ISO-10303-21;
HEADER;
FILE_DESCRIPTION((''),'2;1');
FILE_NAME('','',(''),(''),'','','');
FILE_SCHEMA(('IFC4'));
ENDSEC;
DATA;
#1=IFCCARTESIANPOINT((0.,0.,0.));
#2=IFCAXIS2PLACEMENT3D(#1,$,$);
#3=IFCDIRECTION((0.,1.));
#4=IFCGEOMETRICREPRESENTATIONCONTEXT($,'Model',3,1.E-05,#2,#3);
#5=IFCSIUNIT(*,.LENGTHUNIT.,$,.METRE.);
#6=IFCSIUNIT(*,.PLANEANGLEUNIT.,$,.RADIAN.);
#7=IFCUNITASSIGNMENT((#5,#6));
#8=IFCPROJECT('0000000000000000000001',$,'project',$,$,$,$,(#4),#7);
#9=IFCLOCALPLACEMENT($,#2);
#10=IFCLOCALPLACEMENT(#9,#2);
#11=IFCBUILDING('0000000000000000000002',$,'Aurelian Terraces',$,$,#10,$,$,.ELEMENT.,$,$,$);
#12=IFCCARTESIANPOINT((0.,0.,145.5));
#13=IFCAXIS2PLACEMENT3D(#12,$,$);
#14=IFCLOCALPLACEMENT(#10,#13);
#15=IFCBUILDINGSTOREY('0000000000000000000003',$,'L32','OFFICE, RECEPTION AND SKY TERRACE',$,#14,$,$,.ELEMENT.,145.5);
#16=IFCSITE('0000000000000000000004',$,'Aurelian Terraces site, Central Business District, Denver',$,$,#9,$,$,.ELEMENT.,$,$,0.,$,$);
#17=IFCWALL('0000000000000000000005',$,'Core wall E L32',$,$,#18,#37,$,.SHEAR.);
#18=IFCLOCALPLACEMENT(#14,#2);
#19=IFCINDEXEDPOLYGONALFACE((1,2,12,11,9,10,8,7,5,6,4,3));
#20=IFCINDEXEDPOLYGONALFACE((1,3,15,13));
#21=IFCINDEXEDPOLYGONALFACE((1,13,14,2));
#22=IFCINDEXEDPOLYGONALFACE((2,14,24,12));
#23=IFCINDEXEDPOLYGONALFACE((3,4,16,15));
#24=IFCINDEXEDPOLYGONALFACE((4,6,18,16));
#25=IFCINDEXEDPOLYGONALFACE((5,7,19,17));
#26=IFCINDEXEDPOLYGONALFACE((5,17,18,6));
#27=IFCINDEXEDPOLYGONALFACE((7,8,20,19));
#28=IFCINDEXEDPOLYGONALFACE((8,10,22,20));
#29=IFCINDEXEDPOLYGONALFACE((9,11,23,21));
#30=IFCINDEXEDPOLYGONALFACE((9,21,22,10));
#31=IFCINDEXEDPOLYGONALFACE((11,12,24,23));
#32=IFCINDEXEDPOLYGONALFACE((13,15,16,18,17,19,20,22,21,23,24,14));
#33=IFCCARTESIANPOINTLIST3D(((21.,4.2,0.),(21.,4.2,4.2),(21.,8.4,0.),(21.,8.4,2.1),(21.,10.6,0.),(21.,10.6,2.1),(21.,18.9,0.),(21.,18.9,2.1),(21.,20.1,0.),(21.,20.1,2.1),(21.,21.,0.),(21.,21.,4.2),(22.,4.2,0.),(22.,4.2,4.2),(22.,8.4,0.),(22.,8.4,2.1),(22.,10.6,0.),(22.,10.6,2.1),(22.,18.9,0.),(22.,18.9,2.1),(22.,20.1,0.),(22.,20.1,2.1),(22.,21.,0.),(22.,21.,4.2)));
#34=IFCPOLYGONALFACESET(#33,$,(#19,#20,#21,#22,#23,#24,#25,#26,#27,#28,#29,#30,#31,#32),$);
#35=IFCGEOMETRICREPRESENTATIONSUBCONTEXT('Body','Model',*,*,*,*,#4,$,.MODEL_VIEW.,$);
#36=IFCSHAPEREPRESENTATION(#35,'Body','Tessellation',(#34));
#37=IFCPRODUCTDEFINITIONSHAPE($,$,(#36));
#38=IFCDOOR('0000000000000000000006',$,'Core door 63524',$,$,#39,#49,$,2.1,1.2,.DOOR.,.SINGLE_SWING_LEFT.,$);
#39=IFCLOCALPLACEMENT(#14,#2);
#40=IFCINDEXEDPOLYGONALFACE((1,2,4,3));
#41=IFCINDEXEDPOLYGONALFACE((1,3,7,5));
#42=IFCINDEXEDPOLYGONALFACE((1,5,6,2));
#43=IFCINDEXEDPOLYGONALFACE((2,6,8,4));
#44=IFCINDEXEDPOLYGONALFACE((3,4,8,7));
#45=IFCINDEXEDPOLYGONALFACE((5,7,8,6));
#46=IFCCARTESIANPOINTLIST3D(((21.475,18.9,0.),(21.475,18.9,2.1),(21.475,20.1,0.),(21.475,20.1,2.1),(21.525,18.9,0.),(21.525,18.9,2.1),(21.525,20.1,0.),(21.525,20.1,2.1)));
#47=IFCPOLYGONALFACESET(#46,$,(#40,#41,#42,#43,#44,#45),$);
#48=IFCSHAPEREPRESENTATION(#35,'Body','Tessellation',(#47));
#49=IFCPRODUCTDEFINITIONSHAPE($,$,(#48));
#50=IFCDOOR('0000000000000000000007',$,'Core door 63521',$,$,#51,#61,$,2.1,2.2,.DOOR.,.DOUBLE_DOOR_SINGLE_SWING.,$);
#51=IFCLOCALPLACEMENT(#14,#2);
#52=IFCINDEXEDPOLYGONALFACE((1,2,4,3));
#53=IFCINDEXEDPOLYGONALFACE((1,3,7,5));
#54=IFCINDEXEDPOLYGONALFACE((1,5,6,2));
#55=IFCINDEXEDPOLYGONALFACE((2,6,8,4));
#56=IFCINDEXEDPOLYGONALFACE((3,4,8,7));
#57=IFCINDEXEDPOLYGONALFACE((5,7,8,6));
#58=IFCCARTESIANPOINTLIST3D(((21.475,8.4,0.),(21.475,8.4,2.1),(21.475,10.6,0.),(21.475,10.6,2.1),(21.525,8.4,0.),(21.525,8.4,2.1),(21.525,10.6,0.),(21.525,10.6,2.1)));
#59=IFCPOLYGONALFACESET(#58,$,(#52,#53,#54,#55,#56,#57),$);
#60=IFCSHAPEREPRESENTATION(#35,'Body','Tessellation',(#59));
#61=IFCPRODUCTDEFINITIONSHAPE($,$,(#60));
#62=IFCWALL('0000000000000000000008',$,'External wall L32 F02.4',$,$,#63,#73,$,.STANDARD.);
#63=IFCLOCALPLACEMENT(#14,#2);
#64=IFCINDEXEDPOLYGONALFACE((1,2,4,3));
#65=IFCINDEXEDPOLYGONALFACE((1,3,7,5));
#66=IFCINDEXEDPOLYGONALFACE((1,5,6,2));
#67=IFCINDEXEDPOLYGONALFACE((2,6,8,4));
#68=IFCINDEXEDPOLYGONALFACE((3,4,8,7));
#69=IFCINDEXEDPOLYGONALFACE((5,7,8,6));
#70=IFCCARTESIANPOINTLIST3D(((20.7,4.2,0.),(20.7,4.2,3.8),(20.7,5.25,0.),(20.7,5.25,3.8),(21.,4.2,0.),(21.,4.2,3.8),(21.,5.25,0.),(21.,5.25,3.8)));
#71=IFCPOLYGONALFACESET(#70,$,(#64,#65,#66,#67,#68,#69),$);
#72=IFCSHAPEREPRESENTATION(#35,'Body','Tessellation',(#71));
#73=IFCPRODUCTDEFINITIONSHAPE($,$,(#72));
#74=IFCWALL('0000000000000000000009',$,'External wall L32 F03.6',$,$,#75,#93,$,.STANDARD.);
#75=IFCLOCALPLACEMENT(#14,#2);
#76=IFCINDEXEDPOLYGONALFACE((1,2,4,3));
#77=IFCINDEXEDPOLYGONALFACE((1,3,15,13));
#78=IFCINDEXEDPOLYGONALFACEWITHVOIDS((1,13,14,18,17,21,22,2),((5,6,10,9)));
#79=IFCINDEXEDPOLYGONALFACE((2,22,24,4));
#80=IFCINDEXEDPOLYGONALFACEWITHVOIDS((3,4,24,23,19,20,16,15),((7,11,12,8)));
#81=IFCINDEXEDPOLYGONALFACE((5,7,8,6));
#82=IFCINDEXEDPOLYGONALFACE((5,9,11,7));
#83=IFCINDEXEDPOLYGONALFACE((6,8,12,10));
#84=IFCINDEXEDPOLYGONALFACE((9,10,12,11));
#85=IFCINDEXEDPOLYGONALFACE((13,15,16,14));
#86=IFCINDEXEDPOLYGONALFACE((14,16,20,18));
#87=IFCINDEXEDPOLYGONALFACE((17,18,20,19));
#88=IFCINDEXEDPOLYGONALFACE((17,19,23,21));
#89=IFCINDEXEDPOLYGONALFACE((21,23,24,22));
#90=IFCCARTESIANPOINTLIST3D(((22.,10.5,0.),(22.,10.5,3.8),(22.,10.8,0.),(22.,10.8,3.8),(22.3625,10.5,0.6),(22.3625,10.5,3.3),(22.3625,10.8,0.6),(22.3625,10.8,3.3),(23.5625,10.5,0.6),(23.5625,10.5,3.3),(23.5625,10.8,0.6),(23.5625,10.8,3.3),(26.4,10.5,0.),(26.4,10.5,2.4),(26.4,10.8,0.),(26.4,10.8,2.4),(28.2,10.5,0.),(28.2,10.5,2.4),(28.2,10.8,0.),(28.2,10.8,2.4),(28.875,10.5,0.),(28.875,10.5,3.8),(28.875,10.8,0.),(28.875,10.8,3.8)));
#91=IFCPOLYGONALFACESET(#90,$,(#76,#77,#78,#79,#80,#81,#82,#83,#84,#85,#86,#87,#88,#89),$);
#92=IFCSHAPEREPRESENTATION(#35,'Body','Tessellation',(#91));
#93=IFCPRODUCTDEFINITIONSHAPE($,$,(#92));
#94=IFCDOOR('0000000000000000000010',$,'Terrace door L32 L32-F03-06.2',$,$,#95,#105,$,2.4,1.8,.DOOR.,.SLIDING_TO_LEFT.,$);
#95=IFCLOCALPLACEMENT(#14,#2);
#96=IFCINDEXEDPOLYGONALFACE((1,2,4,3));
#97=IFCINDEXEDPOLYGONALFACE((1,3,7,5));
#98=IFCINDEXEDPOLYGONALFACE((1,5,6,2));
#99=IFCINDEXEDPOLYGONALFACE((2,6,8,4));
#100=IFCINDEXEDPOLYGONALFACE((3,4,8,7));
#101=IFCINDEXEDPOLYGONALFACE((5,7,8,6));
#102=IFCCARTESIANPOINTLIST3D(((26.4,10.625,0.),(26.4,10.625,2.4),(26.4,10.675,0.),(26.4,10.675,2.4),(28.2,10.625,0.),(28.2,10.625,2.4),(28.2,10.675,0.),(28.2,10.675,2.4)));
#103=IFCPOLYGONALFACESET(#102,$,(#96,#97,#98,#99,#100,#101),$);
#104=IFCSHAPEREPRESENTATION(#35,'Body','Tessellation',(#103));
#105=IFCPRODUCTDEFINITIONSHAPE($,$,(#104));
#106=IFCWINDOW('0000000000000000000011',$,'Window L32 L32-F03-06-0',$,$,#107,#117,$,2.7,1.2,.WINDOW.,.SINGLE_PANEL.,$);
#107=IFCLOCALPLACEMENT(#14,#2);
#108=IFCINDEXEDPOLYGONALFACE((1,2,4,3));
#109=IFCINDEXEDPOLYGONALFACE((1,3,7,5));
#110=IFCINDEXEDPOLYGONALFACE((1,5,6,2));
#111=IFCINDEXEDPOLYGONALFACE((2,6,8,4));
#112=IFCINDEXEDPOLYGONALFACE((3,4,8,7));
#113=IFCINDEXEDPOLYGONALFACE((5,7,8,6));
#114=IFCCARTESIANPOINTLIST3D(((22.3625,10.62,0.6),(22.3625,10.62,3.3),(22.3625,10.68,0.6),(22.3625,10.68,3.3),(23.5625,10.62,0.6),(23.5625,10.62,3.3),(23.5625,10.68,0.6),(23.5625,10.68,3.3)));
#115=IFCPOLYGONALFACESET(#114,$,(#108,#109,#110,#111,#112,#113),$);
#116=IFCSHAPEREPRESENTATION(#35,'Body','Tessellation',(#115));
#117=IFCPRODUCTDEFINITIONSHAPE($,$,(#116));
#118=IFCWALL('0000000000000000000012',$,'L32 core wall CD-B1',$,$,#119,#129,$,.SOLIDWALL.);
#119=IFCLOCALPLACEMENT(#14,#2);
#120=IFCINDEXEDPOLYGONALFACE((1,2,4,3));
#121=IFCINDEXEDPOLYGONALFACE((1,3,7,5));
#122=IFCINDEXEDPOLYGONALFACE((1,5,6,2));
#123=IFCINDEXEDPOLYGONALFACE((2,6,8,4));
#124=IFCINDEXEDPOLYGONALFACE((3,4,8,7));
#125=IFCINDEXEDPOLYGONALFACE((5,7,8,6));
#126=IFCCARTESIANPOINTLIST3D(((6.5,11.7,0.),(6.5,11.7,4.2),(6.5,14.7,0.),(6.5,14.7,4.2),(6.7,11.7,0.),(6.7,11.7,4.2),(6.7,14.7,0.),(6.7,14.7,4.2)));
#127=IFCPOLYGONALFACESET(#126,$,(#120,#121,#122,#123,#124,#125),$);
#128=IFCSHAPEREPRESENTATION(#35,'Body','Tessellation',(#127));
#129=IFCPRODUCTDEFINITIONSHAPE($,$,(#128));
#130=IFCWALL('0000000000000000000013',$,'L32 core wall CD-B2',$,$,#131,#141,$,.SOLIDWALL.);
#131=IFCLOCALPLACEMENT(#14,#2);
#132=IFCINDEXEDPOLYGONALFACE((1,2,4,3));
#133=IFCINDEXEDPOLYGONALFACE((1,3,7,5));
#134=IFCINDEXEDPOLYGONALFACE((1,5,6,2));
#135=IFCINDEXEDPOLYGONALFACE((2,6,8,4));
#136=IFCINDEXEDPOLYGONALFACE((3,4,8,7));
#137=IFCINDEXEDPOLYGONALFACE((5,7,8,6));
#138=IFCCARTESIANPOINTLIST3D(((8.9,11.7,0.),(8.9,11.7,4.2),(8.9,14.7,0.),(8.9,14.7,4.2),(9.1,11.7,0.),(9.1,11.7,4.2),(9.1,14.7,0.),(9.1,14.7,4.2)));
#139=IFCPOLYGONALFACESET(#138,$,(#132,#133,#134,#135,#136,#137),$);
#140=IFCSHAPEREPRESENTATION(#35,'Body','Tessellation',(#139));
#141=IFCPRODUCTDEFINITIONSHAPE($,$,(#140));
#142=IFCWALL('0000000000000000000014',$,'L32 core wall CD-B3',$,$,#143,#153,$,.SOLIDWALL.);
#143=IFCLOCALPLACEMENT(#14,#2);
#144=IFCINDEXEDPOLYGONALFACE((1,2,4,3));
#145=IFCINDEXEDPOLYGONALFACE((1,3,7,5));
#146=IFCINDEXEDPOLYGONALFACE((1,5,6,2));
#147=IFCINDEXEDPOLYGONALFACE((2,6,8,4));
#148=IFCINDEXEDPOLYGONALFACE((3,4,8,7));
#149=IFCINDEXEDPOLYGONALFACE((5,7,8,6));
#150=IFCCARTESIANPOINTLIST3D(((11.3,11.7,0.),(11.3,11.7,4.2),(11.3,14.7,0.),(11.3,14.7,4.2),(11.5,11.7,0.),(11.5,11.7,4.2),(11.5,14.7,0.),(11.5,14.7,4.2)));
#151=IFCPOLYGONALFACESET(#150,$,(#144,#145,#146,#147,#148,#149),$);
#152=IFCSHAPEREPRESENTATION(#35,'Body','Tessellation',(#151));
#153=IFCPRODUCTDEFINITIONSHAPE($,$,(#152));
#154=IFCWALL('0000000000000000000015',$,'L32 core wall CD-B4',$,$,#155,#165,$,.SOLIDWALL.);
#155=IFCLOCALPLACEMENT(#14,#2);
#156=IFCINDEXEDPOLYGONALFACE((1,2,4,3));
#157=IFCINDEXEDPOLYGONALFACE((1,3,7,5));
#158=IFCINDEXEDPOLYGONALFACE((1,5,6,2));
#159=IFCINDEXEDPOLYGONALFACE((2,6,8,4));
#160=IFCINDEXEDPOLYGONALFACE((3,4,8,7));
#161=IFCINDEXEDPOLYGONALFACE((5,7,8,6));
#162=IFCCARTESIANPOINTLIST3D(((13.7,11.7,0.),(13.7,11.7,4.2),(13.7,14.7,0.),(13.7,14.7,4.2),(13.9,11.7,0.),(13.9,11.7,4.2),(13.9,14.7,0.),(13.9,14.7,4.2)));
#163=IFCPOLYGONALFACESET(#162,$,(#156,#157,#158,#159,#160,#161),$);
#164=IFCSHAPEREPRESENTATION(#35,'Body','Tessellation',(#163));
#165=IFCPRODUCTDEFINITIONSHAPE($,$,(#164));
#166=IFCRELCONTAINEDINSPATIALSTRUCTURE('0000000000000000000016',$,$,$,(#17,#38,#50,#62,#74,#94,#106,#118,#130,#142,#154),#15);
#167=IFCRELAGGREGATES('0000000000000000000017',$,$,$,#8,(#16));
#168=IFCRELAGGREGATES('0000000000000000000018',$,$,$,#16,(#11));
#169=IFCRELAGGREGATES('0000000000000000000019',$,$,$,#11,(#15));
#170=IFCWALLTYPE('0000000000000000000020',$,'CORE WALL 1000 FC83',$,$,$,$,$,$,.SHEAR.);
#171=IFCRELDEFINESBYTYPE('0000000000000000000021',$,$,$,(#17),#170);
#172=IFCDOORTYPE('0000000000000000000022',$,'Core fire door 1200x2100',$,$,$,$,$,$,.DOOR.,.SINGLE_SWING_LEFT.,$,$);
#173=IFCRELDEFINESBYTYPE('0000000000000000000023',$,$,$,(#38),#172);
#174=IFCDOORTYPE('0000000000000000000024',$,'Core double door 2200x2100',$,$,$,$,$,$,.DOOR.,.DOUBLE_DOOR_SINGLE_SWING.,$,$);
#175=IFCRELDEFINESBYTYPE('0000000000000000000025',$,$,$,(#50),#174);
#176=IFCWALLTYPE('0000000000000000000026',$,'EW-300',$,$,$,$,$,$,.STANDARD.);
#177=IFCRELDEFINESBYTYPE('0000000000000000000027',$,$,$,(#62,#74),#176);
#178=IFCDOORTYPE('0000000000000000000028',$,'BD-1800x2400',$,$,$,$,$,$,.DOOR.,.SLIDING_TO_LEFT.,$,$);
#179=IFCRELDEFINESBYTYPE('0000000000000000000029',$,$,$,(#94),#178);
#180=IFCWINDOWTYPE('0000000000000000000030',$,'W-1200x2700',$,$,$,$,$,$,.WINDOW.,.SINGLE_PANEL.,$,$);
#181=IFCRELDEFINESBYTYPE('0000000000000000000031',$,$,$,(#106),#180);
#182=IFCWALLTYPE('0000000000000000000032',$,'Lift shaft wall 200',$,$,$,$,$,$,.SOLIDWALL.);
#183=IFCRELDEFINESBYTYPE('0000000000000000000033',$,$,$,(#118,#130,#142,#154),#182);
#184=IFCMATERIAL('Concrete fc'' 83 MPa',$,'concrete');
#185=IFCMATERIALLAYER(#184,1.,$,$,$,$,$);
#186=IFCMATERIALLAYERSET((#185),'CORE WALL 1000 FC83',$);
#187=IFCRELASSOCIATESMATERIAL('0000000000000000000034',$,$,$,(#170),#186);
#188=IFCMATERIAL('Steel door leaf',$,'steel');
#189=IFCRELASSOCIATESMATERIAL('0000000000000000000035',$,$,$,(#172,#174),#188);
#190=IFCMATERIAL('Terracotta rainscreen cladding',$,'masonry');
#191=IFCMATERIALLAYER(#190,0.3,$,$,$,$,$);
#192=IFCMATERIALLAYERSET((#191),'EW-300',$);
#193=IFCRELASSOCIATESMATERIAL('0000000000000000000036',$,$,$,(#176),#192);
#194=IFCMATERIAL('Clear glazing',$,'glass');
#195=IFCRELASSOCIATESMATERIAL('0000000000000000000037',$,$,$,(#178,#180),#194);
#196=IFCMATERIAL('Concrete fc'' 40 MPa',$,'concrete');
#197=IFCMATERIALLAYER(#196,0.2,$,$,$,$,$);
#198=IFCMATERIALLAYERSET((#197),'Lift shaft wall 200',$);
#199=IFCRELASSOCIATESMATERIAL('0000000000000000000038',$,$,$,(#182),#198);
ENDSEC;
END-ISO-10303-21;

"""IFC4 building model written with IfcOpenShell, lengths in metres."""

from ifc_helpers import new_model, si_unit, direction, frame, frame_2d, origin, place, context, subcontext, project, spatial, rectangle, extrude, source, transform, mapped, material, layer, layer_set, type_object, element, fill, save


model = new_model("IFC4")

# Units and contexts
model_context = context("Model", 3, precision=1e-05, world=origin(), true_north=direction((0.0, 1.0)))
body_context = subcontext(model_context, "Body", "Model", "MODEL_VIEW")
ifc_project = project(units=[si_unit("LENGTHUNIT", "METRE"), si_unit("PLANEANGLEUNIT", "RADIAN")], contexts=[model_context])

# Site, building, storey
site_placement = place(None, origin())
site = spatial("IfcSite", under=ifc_project, at=site_placement, Name="Aurelian Terraces site, Central Business District, Denver", CompositionType="ELEMENT", RefElevation=0.0)
building_placement = place(site_placement, origin())
building = spatial("IfcBuilding", under=site, at=building_placement, Name="Aurelian Terraces", CompositionType="ELEMENT")
storey_placement = place(building_placement, frame((0.0, 0.0, 145.5)))
storey = spatial("IfcBuildingStorey", under=building, at=storey_placement, Name="L32", Description="OFFICE, RECEPTION AND SKY TERRACE", CompositionType="ELEMENT", Elevation=145.5)

# Wall, openings, doors
ifc_material_1 = material(Name="Concrete fc' 83 MPa", Category="concrete")
ifc_layer_1 = layer(ifc_material_1, 1.0)
ifc_layer_set_1 = layer_set([ifc_layer_1], Name="CORE WALL 1000 FC83")
wall_type_1 = type_object("IfcWallType", Name="CORE WALL 1000 FC83", PredefinedType="SHEAR", material=ifc_layer_set_1)
shared_shape_1 = source(origin(), body_context, "Body", "SweptSolid", [
    extrude(rectangle(XDim=16.8, YDim=1.0, at=frame_2d((8.4, 0.0))), origin(), (0.0, 0.0, 1.0), 4.2),
])
wall_1_placement = place(storey_placement, frame((21.5, 4.2, 0.0), z_axis=(0.0, 0.0, 1.0), x_axis=(0.0, 1.0, 0.0)))
wall_1 = element("IfcWall", 1, at=wall_1_placement, inside=storey, type_object=wall_type_1, Name="Core wall E L32", PredefinedType="SHEAR", context=body_context, shape_type="MappedRepresentation", body=[
    mapped(shared_shape_1, transform((0.0, 0.0, 0.0), scale=1.0)),
])
shared_shape_2 = source(origin(), body_context, "Body", "SweptSolid", [
    extrude(rectangle(XDim=2.2, YDim=2.1, at=frame_2d((1.1, 1.05))), frame((0.0, 0.51, 0.0), z_axis=(0.0, -1.0, 0.0), x_axis=(1.0, 0.0, 0.0)), (0.0, 0.0, 1.0), 1.02),
])
opening_1_placement = place(wall_1_placement, frame((4.2, 0.0, 0.0)))
opening_1 = element("IfcOpeningElement", 2, at=opening_1_placement, cuts=wall_1, PredefinedType="OPENING", context=body_context, shape_type="MappedRepresentation", body=[
    mapped(shared_shape_2, transform((0.0, 0.0, 0.0), scale=1.0)),
])
shared_shape_3 = source(origin(), body_context, "Body", "SweptSolid", [
    extrude(rectangle(XDim=1.2, YDim=2.1, at=frame_2d((0.6, 1.05))), frame((0.0, 0.51, 0.0), z_axis=(0.0, -1.0, 0.0), x_axis=(1.0, 0.0, 0.0)), (0.0, 0.0, 1.0), 1.02),
])
opening_2_placement = place(wall_1_placement, frame((14.7, 0.0, 0.0)))
opening_2 = element("IfcOpeningElement", 3, at=opening_2_placement, cuts=wall_1, PredefinedType="OPENING", context=body_context, shape_type="MappedRepresentation", body=[
    mapped(shared_shape_3, transform((0.0, 0.0, 0.0), scale=1.0)),
])
ifc_material_2 = material(Name="Steel door leaf", Category="steel")
door_type_1 = type_object("IfcDoorType", Name="Core fire door 1200x2100", OperationType="SINGLE_SWING_LEFT", PredefinedType="DOOR", material=ifc_material_2)
shared_shape_4 = source(origin(), body_context, "Body", "SweptSolid", [
    extrude(rectangle(XDim=1.2, YDim=2.1, at=frame_2d((0.6, 1.05))), frame((0.0, 0.025, 0.0), z_axis=(0.0, -1.0, 0.0), x_axis=(1.0, 0.0, 0.0)), (0.0, 0.0, 1.0), 0.05),
])
door_1_placement = place(opening_2_placement, origin())
door_1 = element("IfcDoor", 4, at=door_1_placement, inside=storey, type_object=door_type_1, Name="Core door 63524", OperationType="SINGLE_SWING_LEFT", OverallHeight=2.1, OverallWidth=1.2, PredefinedType="DOOR", context=body_context, shape_type="MappedRepresentation", body=[
    mapped(shared_shape_4, transform((0.0, 0.0, 0.0), scale=1.0)),
])
fill(opening_2, door_1)
door_type_2 = type_object("IfcDoorType", Name="Core double door 2200x2100", OperationType="DOUBLE_DOOR_SINGLE_SWING", PredefinedType="DOOR", material=ifc_material_2)
shared_shape_5 = source(origin(), body_context, "Body", "SweptSolid", [
    extrude(rectangle(XDim=2.2, YDim=2.1, at=frame_2d((1.1, 1.05))), frame((0.0, 0.025, 0.0), z_axis=(0.0, -1.0, 0.0), x_axis=(1.0, 0.0, 0.0)), (0.0, 0.0, 1.0), 0.05),
])
door_2_placement = place(opening_1_placement, origin())
door_2 = element("IfcDoor", 5, at=door_2_placement, inside=storey, type_object=door_type_2, Name="Core door 63521", OperationType="DOUBLE_DOOR_SINGLE_SWING", OverallHeight=2.1, OverallWidth=2.2, PredefinedType="DOOR", context=body_context, shape_type="MappedRepresentation", body=[
    mapped(shared_shape_5, transform((0.0, 0.0, 0.0), scale=1.0)),
])
fill(opening_1, door_2)

# Wall
ifc_material_3 = material(Name="Terracotta rainscreen cladding", Category="masonry")
ifc_layer_2 = layer(ifc_material_3, 0.3)
ifc_layer_set_2 = layer_set([ifc_layer_2], Name="EW-300")
wall_type_2 = type_object("IfcWallType", Name="EW-300", PredefinedType="STANDARD", material=ifc_layer_set_2)
shared_shape_6 = source(origin(), body_context, "Body", "SweptSolid", [
    extrude(rectangle(XDim=1.05, YDim=0.3, at=frame_2d((0.525, 0.0))), origin(), (0.0, 0.0, 1.0), 3.8),
])
wall_2_placement = place(storey_placement, frame((20.85, 4.2, 0.0), z_axis=(0.0, 0.0, 1.0), x_axis=(0.0, 1.0, 0.0)))
element("IfcWall", 6, at=wall_2_placement, inside=storey, type_object=wall_type_2, Name="External wall L32 F02.4", PredefinedType="STANDARD", context=body_context, shape_type="MappedRepresentation", body=[
    mapped(shared_shape_6, transform((0.0, 0.0, 0.0), scale=1.0)),
])

# Wall, openings, door, window
shared_shape_7 = source(origin(), body_context, "Body", "SweptSolid", [
    extrude(rectangle(XDim=6.875, YDim=0.3, at=frame_2d((3.4375, 0.0))), origin(), (0.0, 0.0, 1.0), 3.8),
])
wall_3_placement = place(storey_placement, frame((22.0, 10.65, 0.0), z_axis=(0.0, 0.0, 1.0), x_axis=(1.0, 0.0, 0.0)))
wall_3 = element("IfcWall", 7, at=wall_3_placement, inside=storey, type_object=wall_type_2, Name="External wall L32 F03.6", PredefinedType="STANDARD", context=body_context, shape_type="MappedRepresentation", body=[
    mapped(shared_shape_7, transform((0.0, 0.0, 0.0), scale=1.0)),
])
shared_shape_8 = source(origin(), body_context, "Body", "SweptSolid", [
    extrude(rectangle(XDim=1.2, YDim=2.7, at=frame_2d((0.6, 1.35))), frame((0.0, 0.16, 0.0), z_axis=(0.0, -1.0, 0.0), x_axis=(1.0, 0.0, 0.0)), (0.0, 0.0, 1.0), 0.32),
])
opening_3_placement = place(wall_3_placement, frame((0.3625, 0.0, 0.6)))
opening_3 = element("IfcOpeningElement", 8, at=opening_3_placement, cuts=wall_3, PredefinedType="OPENING", context=body_context, shape_type="MappedRepresentation", body=[
    mapped(shared_shape_8, transform((0.0, 0.0, 0.0), scale=1.0)),
])
shared_shape_9 = source(origin(), body_context, "Body", "SweptSolid", [
    extrude(rectangle(XDim=1.8, YDim=2.4, at=frame_2d((0.9, 1.2))), frame((0.0, 0.16, 0.0), z_axis=(0.0, -1.0, 0.0), x_axis=(1.0, 0.0, 0.0)), (0.0, 0.0, 1.0), 0.32),
])
opening_4_placement = place(wall_3_placement, frame((4.4, 0.0, 0.0)))
opening_4 = element("IfcOpeningElement", 9, at=opening_4_placement, cuts=wall_3, PredefinedType="OPENING", context=body_context, shape_type="MappedRepresentation", body=[
    mapped(shared_shape_9, transform((0.0, 0.0, 0.0), scale=1.0)),
])
ifc_material_4 = material(Name="Clear glazing", Category="glass")
door_type_3 = type_object("IfcDoorType", Name="BD-1800x2400", OperationType="SLIDING_TO_LEFT", PredefinedType="DOOR", material=ifc_material_4)
shared_shape_10 = source(origin(), body_context, "Body", "SweptSolid", [
    extrude(rectangle(XDim=1.8, YDim=2.4, at=frame_2d((0.9, 1.2))), frame((0.0, 0.025, 0.0), z_axis=(0.0, -1.0, 0.0), x_axis=(1.0, 0.0, 0.0)), (0.0, 0.0, 1.0), 0.05),
])
door_3_placement = place(opening_4_placement, origin())
door_3 = element("IfcDoor", 10, at=door_3_placement, inside=storey, type_object=door_type_3, Name="Terrace door L32 L32-F03-06.2", OperationType="SLIDING_TO_LEFT", OverallHeight=2.4, OverallWidth=1.8, PredefinedType="DOOR", context=body_context, shape_type="MappedRepresentation", body=[
    mapped(shared_shape_10, transform((0.0, 0.0, 0.0), scale=1.0)),
])
fill(opening_4, door_3)
window_type = type_object("IfcWindowType", Name="W-1200x2700", PartitioningType="SINGLE_PANEL", PredefinedType="WINDOW", material=ifc_material_4)
shared_shape_11 = source(origin(), body_context, "Body", "SweptSolid", [
    extrude(rectangle(XDim=1.2, YDim=2.7, at=frame_2d((0.6, 1.35))), frame((0.0, 0.03, 0.0), z_axis=(0.0, -1.0, 0.0), x_axis=(1.0, 0.0, 0.0)), (0.0, 0.0, 1.0), 0.06),
])
window_placement = place(opening_3_placement, origin())
window = element("IfcWindow", 11, at=window_placement, inside=storey, type_object=window_type, Name="Window L32 L32-F03-06-0", OverallHeight=2.7, OverallWidth=1.2, PartitioningType="SINGLE_PANEL", PredefinedType="WINDOW", context=body_context, shape_type="MappedRepresentation", body=[
    mapped(shared_shape_11, transform((0.0, 0.0, 0.0), scale=1.0)),
])
fill(opening_3, window)

# Walls
ifc_material_5 = material(Name="Concrete fc' 40 MPa", Category="concrete")
ifc_layer_3 = layer(ifc_material_5, 0.2)
ifc_layer_set_3 = layer_set([ifc_layer_3], Name="Lift shaft wall 200")
wall_type_3 = type_object("IfcWallType", Name="Lift shaft wall 200", PredefinedType="SOLIDWALL", material=ifc_layer_set_3)
shared_shape_12 = source(origin(), body_context, "Body", "SweptSolid", [
    extrude(rectangle(XDim=3.0, YDim=0.2, at=frame_2d((1.5, 0.0))), origin(), (0.0, 0.0, 1.0), 4.2),
])
for number, where, z_axis, x_axis, name in (
    (12, (6.6, 11.7, 0.0), (0.0, 0.0, 1.0), (0.0, 1.0, 0.0), "L32 core wall CD-B1"),
    (13, (9.0, 11.7, 0.0), (0.0, 0.0, 1.0), (0.0, 1.0, 0.0), "L32 core wall CD-B2"),
    (14, (11.4, 11.7, 0.0), (0.0, 0.0, 1.0), (0.0, 1.0, 0.0), "L32 core wall CD-B3"),
    (15, (13.8, 11.7, 0.0), (0.0, 0.0, 1.0), (0.0, 1.0, 0.0), "L32 core wall CD-B4"),
):
    element("IfcWall", number, at=place(storey_placement, frame(where, z_axis=z_axis, x_axis=x_axis)), inside=storey, type_object=wall_type_3, Name=name, PredefinedType="SOLIDWALL", context=body_context, shape_type="MappedRepresentation", body=[
        mapped(shared_shape_12, transform((0.0, 0.0, 0.0), scale=1.0)),
    ])

save(model, "model.ifc")
